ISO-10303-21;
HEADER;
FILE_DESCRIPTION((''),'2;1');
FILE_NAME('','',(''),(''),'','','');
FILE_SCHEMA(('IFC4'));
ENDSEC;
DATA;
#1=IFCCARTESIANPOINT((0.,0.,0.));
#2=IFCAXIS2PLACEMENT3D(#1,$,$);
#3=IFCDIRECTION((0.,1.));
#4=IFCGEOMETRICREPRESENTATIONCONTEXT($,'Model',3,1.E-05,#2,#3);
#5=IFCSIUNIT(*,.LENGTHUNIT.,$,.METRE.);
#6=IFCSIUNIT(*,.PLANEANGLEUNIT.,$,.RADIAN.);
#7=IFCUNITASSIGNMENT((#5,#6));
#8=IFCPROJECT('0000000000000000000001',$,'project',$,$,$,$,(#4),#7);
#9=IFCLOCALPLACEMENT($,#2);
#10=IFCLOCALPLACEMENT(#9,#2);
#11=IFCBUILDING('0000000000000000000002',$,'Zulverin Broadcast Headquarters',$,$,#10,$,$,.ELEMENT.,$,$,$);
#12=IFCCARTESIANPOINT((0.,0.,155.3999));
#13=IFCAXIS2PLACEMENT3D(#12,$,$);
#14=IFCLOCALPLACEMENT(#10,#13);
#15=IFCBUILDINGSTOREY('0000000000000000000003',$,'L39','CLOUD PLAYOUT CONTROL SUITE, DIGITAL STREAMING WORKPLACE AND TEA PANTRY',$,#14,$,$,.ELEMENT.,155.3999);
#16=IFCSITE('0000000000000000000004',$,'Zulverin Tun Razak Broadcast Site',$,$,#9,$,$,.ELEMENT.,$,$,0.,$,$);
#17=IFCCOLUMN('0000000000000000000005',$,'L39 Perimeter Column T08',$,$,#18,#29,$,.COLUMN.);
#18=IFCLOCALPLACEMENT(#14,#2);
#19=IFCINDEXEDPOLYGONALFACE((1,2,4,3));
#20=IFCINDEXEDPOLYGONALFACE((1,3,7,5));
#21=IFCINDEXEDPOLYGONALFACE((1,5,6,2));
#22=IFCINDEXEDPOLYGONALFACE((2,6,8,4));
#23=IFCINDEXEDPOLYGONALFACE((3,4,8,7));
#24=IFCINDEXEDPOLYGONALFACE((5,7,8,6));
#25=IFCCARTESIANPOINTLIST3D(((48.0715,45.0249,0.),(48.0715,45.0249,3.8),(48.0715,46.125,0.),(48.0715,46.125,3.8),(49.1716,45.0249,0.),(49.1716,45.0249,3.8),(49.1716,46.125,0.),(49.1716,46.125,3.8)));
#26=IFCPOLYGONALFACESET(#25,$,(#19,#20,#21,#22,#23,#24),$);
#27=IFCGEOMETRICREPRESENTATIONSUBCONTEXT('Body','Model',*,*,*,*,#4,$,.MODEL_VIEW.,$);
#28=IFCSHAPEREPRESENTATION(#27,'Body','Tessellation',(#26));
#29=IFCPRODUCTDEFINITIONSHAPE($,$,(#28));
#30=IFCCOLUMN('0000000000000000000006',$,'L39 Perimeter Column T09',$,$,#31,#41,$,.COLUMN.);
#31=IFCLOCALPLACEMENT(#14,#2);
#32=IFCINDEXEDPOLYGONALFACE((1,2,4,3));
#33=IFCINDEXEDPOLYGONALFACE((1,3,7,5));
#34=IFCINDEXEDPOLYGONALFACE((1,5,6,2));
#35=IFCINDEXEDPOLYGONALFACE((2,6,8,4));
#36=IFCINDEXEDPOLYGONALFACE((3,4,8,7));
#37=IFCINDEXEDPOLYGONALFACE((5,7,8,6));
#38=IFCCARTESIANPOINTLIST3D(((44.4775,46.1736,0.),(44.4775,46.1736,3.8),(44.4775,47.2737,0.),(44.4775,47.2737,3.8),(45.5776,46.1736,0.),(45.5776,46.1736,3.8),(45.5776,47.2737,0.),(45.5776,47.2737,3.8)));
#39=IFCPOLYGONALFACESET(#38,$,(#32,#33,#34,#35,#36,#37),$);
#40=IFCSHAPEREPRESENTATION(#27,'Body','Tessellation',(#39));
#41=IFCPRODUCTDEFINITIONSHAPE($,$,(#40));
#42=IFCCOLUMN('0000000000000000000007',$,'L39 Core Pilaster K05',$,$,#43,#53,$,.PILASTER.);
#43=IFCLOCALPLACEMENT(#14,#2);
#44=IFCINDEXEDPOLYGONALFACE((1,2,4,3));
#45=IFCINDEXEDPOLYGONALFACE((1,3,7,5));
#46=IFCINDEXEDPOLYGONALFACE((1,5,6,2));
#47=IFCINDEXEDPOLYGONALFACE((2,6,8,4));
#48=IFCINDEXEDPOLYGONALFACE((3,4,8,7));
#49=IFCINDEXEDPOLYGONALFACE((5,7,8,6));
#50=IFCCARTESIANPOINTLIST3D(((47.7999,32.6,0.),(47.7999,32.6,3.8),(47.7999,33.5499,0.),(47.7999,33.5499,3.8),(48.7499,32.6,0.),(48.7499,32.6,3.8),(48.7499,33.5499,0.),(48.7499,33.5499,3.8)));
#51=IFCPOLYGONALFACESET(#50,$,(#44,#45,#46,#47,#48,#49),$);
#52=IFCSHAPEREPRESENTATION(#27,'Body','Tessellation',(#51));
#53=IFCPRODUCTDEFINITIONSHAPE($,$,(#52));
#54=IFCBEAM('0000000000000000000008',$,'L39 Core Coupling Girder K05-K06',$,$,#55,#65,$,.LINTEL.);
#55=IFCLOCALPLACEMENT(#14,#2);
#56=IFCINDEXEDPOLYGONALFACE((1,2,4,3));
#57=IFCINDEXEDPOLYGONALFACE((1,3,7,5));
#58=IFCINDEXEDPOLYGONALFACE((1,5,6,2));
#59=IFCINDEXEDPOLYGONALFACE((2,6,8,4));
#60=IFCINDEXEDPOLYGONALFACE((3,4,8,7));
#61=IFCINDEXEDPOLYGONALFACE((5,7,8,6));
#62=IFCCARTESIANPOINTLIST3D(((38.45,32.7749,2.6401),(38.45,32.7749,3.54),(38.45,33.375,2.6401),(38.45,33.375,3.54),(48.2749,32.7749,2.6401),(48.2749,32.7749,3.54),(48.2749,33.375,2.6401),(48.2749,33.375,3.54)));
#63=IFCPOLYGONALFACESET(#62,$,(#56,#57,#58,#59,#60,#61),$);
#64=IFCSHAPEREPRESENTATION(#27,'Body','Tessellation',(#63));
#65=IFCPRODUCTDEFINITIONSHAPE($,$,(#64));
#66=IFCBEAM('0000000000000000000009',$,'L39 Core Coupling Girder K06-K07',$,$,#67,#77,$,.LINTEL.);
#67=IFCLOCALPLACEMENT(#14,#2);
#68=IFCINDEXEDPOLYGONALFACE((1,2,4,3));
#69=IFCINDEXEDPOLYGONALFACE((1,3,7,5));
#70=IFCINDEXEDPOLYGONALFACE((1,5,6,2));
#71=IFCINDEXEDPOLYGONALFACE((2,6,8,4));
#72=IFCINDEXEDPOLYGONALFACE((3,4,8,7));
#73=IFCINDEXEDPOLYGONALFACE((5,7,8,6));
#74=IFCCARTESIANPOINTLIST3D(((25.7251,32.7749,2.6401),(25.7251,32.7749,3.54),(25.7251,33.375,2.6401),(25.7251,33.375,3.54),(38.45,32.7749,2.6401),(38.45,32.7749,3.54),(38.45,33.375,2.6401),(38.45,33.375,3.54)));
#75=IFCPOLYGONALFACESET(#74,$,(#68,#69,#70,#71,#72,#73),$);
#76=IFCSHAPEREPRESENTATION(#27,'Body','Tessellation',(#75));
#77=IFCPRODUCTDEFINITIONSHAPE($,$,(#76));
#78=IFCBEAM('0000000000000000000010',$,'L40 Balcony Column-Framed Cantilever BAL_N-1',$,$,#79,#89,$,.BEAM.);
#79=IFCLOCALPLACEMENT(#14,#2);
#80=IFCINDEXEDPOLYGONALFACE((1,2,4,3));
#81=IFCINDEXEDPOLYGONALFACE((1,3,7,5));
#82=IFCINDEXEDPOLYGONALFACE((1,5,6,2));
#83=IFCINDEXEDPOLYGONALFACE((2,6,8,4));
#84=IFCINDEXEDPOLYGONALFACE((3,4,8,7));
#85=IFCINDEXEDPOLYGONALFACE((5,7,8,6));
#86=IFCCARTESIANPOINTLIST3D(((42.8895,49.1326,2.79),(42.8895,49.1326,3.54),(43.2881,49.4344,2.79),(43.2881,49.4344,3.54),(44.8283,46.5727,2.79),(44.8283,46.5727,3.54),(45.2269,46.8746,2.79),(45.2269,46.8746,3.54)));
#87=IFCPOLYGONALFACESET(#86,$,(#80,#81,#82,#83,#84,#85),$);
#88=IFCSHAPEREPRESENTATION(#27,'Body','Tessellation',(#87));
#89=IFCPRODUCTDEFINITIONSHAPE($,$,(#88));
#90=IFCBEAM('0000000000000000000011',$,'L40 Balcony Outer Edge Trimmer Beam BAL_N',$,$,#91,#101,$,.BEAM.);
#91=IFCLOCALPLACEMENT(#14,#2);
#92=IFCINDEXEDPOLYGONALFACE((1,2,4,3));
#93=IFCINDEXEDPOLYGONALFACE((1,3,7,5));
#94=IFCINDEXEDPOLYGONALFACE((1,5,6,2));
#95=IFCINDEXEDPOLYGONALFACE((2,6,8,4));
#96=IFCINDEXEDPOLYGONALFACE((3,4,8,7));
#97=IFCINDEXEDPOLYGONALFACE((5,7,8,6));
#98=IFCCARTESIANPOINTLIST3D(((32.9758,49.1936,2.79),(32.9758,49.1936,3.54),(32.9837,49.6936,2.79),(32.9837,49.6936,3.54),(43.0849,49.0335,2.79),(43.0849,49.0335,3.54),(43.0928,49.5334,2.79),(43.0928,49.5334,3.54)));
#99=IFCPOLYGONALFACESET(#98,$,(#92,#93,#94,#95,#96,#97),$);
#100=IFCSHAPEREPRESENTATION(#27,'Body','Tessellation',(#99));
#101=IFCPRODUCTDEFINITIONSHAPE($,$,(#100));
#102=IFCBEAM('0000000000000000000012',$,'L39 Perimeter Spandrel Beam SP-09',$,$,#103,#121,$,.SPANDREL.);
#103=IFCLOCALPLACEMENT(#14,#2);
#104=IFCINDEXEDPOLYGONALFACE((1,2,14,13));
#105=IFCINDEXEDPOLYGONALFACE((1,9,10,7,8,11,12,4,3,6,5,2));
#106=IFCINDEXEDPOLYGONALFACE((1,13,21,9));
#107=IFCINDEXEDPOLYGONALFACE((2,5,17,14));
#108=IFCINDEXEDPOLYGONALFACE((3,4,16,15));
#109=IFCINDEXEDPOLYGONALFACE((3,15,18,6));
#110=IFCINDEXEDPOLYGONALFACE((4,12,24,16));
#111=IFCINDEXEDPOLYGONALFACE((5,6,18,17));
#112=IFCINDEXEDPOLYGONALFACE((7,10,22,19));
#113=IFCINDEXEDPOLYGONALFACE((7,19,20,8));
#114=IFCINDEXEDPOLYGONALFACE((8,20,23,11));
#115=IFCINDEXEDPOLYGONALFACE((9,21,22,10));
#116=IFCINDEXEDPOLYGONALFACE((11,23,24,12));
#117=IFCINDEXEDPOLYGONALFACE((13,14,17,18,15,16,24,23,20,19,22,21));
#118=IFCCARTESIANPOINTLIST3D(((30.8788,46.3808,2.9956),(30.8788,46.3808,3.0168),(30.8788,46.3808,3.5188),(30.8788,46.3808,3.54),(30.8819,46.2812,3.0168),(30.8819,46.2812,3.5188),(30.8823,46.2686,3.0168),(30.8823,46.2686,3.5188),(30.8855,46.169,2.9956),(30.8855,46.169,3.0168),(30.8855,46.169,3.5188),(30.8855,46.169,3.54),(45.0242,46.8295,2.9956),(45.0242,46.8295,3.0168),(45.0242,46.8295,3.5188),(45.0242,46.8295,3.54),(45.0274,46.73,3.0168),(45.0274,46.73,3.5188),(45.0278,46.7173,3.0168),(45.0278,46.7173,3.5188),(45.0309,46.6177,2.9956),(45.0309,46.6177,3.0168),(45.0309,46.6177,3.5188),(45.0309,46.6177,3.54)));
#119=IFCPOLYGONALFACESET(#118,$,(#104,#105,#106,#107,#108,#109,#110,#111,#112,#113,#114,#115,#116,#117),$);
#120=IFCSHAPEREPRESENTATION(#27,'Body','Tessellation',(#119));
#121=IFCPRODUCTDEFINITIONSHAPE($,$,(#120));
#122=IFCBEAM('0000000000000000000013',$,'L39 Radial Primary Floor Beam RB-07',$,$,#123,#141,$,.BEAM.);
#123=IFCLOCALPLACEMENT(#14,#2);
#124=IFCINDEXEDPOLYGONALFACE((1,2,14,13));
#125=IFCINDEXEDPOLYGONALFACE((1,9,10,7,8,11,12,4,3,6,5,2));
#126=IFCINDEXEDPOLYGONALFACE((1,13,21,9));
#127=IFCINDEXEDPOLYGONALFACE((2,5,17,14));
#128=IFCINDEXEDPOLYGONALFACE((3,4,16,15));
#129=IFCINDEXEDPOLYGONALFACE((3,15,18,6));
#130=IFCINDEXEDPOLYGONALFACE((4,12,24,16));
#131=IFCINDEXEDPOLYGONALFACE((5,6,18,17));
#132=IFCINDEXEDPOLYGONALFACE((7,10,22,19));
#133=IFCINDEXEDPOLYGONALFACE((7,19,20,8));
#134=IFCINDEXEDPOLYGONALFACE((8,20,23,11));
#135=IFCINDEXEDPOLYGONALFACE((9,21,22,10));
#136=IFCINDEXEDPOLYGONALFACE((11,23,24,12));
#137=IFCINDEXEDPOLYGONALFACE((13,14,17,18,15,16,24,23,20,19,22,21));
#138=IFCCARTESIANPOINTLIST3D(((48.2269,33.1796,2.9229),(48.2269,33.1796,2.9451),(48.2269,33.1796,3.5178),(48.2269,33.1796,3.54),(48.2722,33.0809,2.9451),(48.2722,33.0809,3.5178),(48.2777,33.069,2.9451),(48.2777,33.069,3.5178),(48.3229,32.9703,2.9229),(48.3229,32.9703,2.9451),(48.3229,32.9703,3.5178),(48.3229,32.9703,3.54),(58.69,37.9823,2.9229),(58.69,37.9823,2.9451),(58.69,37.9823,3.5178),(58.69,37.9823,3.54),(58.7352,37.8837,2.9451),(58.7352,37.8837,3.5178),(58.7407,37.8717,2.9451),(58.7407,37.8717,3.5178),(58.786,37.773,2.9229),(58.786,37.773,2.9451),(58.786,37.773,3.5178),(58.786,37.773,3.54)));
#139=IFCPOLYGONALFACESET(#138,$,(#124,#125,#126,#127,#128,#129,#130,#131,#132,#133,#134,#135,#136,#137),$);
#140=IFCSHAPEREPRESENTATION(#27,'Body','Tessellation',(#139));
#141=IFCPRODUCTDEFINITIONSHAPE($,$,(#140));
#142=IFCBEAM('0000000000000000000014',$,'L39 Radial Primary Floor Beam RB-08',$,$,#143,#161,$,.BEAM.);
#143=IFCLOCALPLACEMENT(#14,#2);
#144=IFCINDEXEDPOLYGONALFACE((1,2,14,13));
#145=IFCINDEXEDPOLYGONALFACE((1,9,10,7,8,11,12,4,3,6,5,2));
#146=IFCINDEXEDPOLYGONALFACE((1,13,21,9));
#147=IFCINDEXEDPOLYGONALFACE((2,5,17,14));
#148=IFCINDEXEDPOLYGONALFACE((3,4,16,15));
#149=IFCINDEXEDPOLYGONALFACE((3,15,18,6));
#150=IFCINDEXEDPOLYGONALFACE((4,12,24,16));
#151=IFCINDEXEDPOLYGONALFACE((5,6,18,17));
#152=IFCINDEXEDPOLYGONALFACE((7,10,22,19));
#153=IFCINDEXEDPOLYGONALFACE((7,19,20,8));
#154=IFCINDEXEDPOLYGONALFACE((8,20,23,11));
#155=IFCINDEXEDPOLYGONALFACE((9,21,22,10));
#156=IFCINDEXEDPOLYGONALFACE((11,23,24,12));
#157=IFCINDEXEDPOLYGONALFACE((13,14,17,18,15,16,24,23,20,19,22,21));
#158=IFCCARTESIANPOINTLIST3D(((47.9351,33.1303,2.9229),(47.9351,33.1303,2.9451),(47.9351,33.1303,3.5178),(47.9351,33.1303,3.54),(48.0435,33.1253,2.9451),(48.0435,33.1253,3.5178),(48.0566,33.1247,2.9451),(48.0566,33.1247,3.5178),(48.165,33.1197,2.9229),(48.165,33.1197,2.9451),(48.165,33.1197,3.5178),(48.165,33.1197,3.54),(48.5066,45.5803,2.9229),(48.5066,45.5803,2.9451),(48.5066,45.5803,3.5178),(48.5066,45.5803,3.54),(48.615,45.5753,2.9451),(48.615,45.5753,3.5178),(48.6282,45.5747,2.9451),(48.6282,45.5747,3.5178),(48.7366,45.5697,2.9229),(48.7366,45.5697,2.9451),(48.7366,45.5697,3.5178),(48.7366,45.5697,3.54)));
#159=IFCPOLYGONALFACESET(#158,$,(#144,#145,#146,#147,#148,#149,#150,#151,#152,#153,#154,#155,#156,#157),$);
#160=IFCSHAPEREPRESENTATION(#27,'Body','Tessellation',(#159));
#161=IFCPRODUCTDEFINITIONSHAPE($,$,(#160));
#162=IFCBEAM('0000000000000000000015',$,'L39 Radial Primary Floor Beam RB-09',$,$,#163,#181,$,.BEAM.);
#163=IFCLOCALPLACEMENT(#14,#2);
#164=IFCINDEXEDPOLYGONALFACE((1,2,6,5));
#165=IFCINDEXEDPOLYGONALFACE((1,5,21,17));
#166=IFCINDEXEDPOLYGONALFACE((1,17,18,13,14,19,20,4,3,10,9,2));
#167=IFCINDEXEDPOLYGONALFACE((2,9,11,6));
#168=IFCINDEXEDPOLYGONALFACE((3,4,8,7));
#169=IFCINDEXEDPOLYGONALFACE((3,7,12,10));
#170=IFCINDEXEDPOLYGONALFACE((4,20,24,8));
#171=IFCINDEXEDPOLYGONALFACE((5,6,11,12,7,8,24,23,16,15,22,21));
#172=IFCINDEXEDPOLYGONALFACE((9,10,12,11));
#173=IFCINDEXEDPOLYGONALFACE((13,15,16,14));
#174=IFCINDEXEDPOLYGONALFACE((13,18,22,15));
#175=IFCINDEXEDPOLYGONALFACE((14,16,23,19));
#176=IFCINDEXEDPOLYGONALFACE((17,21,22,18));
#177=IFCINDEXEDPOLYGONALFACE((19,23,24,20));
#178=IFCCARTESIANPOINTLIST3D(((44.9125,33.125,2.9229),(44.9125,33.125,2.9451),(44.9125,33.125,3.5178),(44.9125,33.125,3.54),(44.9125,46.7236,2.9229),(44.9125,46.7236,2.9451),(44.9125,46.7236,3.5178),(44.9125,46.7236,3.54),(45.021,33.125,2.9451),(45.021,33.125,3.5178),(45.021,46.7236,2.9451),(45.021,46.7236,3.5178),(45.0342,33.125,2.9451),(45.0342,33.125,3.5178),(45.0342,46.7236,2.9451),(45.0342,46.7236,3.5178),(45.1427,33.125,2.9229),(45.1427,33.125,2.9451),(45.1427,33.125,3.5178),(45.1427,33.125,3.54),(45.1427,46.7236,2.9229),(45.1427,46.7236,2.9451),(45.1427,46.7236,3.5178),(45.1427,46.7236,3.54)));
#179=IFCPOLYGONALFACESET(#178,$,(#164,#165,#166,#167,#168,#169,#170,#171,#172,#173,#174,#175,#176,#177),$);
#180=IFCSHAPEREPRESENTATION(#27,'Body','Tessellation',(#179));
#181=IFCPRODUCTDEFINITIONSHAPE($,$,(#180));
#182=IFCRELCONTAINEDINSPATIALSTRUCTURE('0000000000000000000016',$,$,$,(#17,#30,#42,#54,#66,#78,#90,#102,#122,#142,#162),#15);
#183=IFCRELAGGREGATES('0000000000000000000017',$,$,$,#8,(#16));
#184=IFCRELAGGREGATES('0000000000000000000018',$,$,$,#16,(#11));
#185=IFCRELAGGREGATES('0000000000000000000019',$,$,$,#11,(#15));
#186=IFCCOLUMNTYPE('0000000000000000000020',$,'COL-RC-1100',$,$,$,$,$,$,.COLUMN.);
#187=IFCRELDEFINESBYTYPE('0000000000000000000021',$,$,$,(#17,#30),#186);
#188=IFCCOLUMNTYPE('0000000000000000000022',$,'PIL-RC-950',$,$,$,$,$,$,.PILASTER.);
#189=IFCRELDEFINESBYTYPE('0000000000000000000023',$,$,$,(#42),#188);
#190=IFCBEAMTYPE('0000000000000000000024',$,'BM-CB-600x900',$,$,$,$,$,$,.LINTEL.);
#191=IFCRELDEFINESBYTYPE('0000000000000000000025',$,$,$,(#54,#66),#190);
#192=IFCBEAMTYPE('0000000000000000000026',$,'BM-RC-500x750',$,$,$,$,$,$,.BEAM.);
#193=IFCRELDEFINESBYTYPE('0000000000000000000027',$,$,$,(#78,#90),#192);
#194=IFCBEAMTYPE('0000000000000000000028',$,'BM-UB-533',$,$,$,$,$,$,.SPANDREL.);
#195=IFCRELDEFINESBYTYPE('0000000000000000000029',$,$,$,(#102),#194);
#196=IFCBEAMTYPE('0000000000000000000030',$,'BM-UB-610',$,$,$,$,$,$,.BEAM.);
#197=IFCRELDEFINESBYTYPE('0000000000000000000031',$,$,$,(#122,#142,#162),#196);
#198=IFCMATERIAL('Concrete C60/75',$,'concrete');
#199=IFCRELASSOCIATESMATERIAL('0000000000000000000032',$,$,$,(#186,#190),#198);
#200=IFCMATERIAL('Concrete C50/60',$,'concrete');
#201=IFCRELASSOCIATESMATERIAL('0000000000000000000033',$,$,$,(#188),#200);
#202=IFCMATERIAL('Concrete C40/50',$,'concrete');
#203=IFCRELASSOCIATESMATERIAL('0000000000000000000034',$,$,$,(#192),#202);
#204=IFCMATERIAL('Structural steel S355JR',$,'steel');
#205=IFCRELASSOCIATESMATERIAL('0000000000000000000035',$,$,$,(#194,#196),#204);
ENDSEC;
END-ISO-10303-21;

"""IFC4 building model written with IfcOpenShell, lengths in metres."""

from ifc_helpers import new_model, si_unit, direction, frame, origin, origin_2d, place, context, subcontext, project, spatial, rectangle, i_section, extrude, material, material_profile, profile_set, type_object, element, save


model = new_model("IFC4")

# Units and contexts
model_context = context("Model", 3, precision=1e-05, world=origin(), true_north=direction((0.0, 1.0)))
body_context = subcontext(model_context, "Body", "Model", "MODEL_VIEW")
ifc_project = project(units=[si_unit("LENGTHUNIT", "METRE"), si_unit("PLANEANGLEUNIT", "RADIAN")], contexts=[model_context])

# Site, building, storey
site_placement = place(None, origin())
site = spatial("IfcSite", under=ifc_project, at=site_placement, Name="Zulverin Tun Razak Broadcast Site", CompositionType="ELEMENT", RefElevation=0.0)
building_placement = place(site_placement, origin())
building = spatial("IfcBuilding", under=site, at=building_placement, Name="Zulverin Broadcast Headquarters", CompositionType="ELEMENT")
storey_placement = place(building_placement, frame((0.0, 0.0, 155.3999)))
storey = spatial("IfcBuildingStorey", under=building, at=storey_placement, Name="L39", Description="CLOUD PLAYOUT CONTROL SUITE, DIGITAL STREAMING WORKPLACE AND TEA PANTRY", CompositionType="ELEMENT", Elevation=155.3999)

# Columns
ifc_material_1 = material(Name="Concrete C60/75", Category="concrete")
ifc_material_profile_1 = material_profile(ifc_material_1, rectangle(XDim=1.1001, YDim=1.1001, at=origin_2d()), Name="Concrete C60/75", Category="concrete")
ifc_profile_set_1 = profile_set([ifc_material_profile_1], Name="Concrete C60/75")
column_type_1 = type_object("IfcColumnType", Name="COL-RC-1100", PredefinedType="COLUMN", material=ifc_profile_set_1)
for number, where, z_axis, x_axis, name in (
    (1, (48.6216, 45.575, 0.0), (0.0, 0.0, 1.0), (1.0, 0.0, 0.0), "L39 Perimeter Column T08"),
    (2, (45.0276, 46.7236, 0.0), (0.0, 0.0, 1.0), (1.0, 0.0, 0.0), "L39 Perimeter Column T09"),
):
    element("IfcColumn", number, at=place(storey_placement, frame(where, z_axis=z_axis, x_axis=x_axis)), inside=storey, type_object=column_type_1, Name=name, PredefinedType="COLUMN", context=body_context, shape_type="SweptSolid", body=[
        extrude(rectangle(XDim=1.1001, YDim=1.1001, at=origin_2d()), origin(), (0.0, 0.0, 1.0), 3.8),
    ])
ifc_material_2 = material(Name="Concrete C50/60", Category="concrete")
ifc_material_profile_2 = material_profile(ifc_material_2, rectangle(XDim=0.95, YDim=0.95, at=origin_2d()), Name="Concrete C50/60", Category="concrete")
ifc_profile_set_2 = profile_set([ifc_material_profile_2], Name="Concrete C50/60")
column_type_2 = type_object("IfcColumnType", Name="PIL-RC-950", PredefinedType="PILASTER", material=ifc_profile_set_2)
column_placement = place(storey_placement, frame((48.2749, 33.075, 0.0), z_axis=(0.0, 0.0, 1.0), x_axis=(1.0, 0.0, 0.0)))
element("IfcColumn", 3, at=column_placement, inside=storey, type_object=column_type_2, Name="L39 Core Pilaster K05", PredefinedType="PILASTER", context=body_context, shape_type="SweptSolid", body=[
    extrude(rectangle(XDim=0.95, YDim=0.95, at=origin_2d()), origin(), (0.0, 0.0, 1.0), 3.8),
])

# Beams
ifc_material_profile_3 = material_profile(ifc_material_1, rectangle(XDim=0.6001, YDim=0.8999, at=origin_2d()), Name="Concrete C60/75", Category="concrete")
ifc_profile_set_3 = profile_set([ifc_material_profile_3], Name="Concrete C60/75")
beam_type_1 = type_object("IfcBeamType", Name="BM-CB-600x900", PredefinedType="LINTEL", material=ifc_profile_set_3)
beam_1_placement = place(storey_placement, frame((48.2749, 33.075, 3.0901), z_axis=(-1.0, 0.0, 0.0), x_axis=(0.0, -1.0, 0.0)))
element("IfcBeam", 4, at=beam_1_placement, inside=storey, type_object=beam_type_1, Name="L39 Core Coupling Girder K05-K06", PredefinedType="LINTEL", context=body_context, shape_type="SweptSolid", body=[
    extrude(rectangle(XDim=0.6001, YDim=0.8999, at=origin_2d()), origin(), (0.0, 0.0, 1.0), 9.825),
])
beam_2_placement = place(storey_placement, frame((38.45, 33.075, 3.0901), z_axis=(-1.0, 0.0, 0.0), x_axis=(0.0, -1.0, 0.0)))
element("IfcBeam", 5, at=beam_2_placement, inside=storey, type_object=beam_type_1, Name="L39 Core Coupling Girder K06-K07", PredefinedType="LINTEL", context=body_context, shape_type="SweptSolid", body=[
    extrude(rectangle(XDim=0.6001, YDim=0.8999, at=origin_2d()), origin(), (0.0, 0.0, 1.0), 12.7249),
])
ifc_material_3 = material(Name="Concrete C40/50", Category="concrete")
ifc_material_profile_4 = material_profile(ifc_material_3, rectangle(XDim=0.5, YDim=0.75, at=origin_2d()), Name="Concrete C40/50", Category="concrete")
ifc_profile_set_4 = profile_set([ifc_material_profile_4], Name="Concrete C40/50")
beam_type_2 = type_object("IfcBeamType", Name="BM-RC-500x750", PredefinedType="BEAM", material=ifc_profile_set_4)
beam_3_placement = place(storey_placement, frame((45.0276, 46.7236, 3.165), z_axis=(-0.603752, 0.797172, 0.0), x_axis=(-0.797172, -0.603752, 0.0)))
element("IfcBeam", 6, at=beam_3_placement, inside=storey, type_object=beam_type_2, Name="L40 Balcony Column-Framed Cantilever BAL_N-1", PredefinedType="BEAM", context=body_context, shape_type="SweptSolid", body=[
    extrude(rectangle(XDim=0.5, YDim=0.75, at=origin_2d()), origin(), (0.0, 0.0, 1.0), 3.2112),
])
beam_4_placement = place(storey_placement, frame((43.0889, 49.2834, 3.165), z_axis=(-0.999875, 0.015841, 0.0), x_axis=(-0.015841, -0.999875, 0.0)))
element("IfcBeam", 7, at=beam_4_placement, inside=storey, type_object=beam_type_2, Name="L40 Balcony Outer Edge Trimmer Beam BAL_N", PredefinedType="BEAM", context=body_context, shape_type="SweptSolid", body=[
    extrude(rectangle(XDim=0.5, YDim=0.75, at=origin_2d()), origin(), (0.0, 0.0, 1.0), 10.1104),
])
ifc_material_4 = material(Name="Structural steel S355JR", Category="steel")
ifc_material_profile_5 = material_profile(ifc_material_4, i_section(OverallWidth=0.2119, OverallDepth=0.5444, WebThickness=0.0127, FlangeThickness=0.0212, at=origin_2d()), Name="Structural steel S355JR", Category="steel")
ifc_profile_set_5 = profile_set([ifc_material_profile_5], Name="Structural steel S355JR")
beam_type_3 = type_object("IfcBeamType", Name="BM-UB-533", PredefinedType="SPANDREL", material=ifc_profile_set_5)
beam_5_placement = place(storey_placement, frame((45.0276, 46.7236, 3.2678), z_axis=(-0.999497, -0.031707, 0.0), x_axis=(0.031707, -0.999497, 0.0)))
element("IfcBeam", 8, at=beam_5_placement, inside=storey, type_object=beam_type_3, Name="L39 Perimeter Spandrel Beam SP-09", PredefinedType="SPANDREL", context=body_context, shape_type="SweptSolid", body=[
    extrude(i_section(OverallWidth=0.2119, OverallDepth=0.5444, WebThickness=0.0127, FlangeThickness=0.0212, at=origin_2d()), origin(), (0.0, 0.0, 1.0), 14.1526),
])
ifc_material_profile_6 = material_profile(ifc_material_4, i_section(OverallWidth=0.2302, OverallDepth=0.6172, WebThickness=0.0132, FlangeThickness=0.0222, at=origin_2d()), Name="Structural steel S355JR", Category="steel")
ifc_profile_set_6 = profile_set([ifc_material_profile_6], Name="Structural steel S355JR")
beam_type_4 = type_object("IfcBeamType", Name="BM-UB-610", PredefinedType="BEAM", material=ifc_profile_set_6)
beam_6_placement = place(storey_placement, frame((48.2749, 33.075, 3.2314), z_axis=(0.90883, 0.417167, 0.0), x_axis=(-0.417167, 0.90883, 0.0)))
element("IfcBeam", 9, at=beam_6_placement, inside=storey, type_object=beam_type_4, Name="L39 Radial Primary Floor Beam RB-07", PredefinedType="BEAM", context=body_context, shape_type="SweptSolid", body=[
    extrude(i_section(OverallWidth=0.2302, OverallDepth=0.6172, WebThickness=0.0132, FlangeThickness=0.0222, at=origin_2d()), origin(), (0.0, 0.0, 1.0), 11.5127),
])
beam_7_placement = place(storey_placement, frame((48.05, 33.125, 3.2314), z_axis=(0.045858, 0.998948, 0.0), x_axis=(-0.998948, 0.045858, 0.0)))
element("IfcBeam", 10, at=beam_7_placement, inside=storey, type_object=beam_type_4, Name="L39 Radial Primary Floor Beam RB-08", PredefinedType="BEAM", context=body_context, shape_type="SweptSolid", body=[
    extrude(i_section(OverallWidth=0.2302, OverallDepth=0.6172, WebThickness=0.0132, FlangeThickness=0.0222, at=origin_2d()), origin(), (0.0, 0.0, 1.0), 12.4631),
])
beam_8_placement = place(storey_placement, frame((45.0276, 33.125, 3.2314), z_axis=(0.0, 1.0, 0.0), x_axis=(-1.0, 0.0, 0.0)))
element("IfcBeam", 11, at=beam_8_placement, inside=storey, type_object=beam_type_4, Name="L39 Radial Primary Floor Beam RB-09", PredefinedType="BEAM", context=body_context, shape_type="SweptSolid", body=[
    extrude(i_section(OverallWidth=0.2302, OverallDepth=0.6172, WebThickness=0.0132, FlangeThickness=0.0222, at=origin_2d()), origin(), (0.0, 0.0, 1.0), 13.5986),
])

save(model, "model.ifc")
